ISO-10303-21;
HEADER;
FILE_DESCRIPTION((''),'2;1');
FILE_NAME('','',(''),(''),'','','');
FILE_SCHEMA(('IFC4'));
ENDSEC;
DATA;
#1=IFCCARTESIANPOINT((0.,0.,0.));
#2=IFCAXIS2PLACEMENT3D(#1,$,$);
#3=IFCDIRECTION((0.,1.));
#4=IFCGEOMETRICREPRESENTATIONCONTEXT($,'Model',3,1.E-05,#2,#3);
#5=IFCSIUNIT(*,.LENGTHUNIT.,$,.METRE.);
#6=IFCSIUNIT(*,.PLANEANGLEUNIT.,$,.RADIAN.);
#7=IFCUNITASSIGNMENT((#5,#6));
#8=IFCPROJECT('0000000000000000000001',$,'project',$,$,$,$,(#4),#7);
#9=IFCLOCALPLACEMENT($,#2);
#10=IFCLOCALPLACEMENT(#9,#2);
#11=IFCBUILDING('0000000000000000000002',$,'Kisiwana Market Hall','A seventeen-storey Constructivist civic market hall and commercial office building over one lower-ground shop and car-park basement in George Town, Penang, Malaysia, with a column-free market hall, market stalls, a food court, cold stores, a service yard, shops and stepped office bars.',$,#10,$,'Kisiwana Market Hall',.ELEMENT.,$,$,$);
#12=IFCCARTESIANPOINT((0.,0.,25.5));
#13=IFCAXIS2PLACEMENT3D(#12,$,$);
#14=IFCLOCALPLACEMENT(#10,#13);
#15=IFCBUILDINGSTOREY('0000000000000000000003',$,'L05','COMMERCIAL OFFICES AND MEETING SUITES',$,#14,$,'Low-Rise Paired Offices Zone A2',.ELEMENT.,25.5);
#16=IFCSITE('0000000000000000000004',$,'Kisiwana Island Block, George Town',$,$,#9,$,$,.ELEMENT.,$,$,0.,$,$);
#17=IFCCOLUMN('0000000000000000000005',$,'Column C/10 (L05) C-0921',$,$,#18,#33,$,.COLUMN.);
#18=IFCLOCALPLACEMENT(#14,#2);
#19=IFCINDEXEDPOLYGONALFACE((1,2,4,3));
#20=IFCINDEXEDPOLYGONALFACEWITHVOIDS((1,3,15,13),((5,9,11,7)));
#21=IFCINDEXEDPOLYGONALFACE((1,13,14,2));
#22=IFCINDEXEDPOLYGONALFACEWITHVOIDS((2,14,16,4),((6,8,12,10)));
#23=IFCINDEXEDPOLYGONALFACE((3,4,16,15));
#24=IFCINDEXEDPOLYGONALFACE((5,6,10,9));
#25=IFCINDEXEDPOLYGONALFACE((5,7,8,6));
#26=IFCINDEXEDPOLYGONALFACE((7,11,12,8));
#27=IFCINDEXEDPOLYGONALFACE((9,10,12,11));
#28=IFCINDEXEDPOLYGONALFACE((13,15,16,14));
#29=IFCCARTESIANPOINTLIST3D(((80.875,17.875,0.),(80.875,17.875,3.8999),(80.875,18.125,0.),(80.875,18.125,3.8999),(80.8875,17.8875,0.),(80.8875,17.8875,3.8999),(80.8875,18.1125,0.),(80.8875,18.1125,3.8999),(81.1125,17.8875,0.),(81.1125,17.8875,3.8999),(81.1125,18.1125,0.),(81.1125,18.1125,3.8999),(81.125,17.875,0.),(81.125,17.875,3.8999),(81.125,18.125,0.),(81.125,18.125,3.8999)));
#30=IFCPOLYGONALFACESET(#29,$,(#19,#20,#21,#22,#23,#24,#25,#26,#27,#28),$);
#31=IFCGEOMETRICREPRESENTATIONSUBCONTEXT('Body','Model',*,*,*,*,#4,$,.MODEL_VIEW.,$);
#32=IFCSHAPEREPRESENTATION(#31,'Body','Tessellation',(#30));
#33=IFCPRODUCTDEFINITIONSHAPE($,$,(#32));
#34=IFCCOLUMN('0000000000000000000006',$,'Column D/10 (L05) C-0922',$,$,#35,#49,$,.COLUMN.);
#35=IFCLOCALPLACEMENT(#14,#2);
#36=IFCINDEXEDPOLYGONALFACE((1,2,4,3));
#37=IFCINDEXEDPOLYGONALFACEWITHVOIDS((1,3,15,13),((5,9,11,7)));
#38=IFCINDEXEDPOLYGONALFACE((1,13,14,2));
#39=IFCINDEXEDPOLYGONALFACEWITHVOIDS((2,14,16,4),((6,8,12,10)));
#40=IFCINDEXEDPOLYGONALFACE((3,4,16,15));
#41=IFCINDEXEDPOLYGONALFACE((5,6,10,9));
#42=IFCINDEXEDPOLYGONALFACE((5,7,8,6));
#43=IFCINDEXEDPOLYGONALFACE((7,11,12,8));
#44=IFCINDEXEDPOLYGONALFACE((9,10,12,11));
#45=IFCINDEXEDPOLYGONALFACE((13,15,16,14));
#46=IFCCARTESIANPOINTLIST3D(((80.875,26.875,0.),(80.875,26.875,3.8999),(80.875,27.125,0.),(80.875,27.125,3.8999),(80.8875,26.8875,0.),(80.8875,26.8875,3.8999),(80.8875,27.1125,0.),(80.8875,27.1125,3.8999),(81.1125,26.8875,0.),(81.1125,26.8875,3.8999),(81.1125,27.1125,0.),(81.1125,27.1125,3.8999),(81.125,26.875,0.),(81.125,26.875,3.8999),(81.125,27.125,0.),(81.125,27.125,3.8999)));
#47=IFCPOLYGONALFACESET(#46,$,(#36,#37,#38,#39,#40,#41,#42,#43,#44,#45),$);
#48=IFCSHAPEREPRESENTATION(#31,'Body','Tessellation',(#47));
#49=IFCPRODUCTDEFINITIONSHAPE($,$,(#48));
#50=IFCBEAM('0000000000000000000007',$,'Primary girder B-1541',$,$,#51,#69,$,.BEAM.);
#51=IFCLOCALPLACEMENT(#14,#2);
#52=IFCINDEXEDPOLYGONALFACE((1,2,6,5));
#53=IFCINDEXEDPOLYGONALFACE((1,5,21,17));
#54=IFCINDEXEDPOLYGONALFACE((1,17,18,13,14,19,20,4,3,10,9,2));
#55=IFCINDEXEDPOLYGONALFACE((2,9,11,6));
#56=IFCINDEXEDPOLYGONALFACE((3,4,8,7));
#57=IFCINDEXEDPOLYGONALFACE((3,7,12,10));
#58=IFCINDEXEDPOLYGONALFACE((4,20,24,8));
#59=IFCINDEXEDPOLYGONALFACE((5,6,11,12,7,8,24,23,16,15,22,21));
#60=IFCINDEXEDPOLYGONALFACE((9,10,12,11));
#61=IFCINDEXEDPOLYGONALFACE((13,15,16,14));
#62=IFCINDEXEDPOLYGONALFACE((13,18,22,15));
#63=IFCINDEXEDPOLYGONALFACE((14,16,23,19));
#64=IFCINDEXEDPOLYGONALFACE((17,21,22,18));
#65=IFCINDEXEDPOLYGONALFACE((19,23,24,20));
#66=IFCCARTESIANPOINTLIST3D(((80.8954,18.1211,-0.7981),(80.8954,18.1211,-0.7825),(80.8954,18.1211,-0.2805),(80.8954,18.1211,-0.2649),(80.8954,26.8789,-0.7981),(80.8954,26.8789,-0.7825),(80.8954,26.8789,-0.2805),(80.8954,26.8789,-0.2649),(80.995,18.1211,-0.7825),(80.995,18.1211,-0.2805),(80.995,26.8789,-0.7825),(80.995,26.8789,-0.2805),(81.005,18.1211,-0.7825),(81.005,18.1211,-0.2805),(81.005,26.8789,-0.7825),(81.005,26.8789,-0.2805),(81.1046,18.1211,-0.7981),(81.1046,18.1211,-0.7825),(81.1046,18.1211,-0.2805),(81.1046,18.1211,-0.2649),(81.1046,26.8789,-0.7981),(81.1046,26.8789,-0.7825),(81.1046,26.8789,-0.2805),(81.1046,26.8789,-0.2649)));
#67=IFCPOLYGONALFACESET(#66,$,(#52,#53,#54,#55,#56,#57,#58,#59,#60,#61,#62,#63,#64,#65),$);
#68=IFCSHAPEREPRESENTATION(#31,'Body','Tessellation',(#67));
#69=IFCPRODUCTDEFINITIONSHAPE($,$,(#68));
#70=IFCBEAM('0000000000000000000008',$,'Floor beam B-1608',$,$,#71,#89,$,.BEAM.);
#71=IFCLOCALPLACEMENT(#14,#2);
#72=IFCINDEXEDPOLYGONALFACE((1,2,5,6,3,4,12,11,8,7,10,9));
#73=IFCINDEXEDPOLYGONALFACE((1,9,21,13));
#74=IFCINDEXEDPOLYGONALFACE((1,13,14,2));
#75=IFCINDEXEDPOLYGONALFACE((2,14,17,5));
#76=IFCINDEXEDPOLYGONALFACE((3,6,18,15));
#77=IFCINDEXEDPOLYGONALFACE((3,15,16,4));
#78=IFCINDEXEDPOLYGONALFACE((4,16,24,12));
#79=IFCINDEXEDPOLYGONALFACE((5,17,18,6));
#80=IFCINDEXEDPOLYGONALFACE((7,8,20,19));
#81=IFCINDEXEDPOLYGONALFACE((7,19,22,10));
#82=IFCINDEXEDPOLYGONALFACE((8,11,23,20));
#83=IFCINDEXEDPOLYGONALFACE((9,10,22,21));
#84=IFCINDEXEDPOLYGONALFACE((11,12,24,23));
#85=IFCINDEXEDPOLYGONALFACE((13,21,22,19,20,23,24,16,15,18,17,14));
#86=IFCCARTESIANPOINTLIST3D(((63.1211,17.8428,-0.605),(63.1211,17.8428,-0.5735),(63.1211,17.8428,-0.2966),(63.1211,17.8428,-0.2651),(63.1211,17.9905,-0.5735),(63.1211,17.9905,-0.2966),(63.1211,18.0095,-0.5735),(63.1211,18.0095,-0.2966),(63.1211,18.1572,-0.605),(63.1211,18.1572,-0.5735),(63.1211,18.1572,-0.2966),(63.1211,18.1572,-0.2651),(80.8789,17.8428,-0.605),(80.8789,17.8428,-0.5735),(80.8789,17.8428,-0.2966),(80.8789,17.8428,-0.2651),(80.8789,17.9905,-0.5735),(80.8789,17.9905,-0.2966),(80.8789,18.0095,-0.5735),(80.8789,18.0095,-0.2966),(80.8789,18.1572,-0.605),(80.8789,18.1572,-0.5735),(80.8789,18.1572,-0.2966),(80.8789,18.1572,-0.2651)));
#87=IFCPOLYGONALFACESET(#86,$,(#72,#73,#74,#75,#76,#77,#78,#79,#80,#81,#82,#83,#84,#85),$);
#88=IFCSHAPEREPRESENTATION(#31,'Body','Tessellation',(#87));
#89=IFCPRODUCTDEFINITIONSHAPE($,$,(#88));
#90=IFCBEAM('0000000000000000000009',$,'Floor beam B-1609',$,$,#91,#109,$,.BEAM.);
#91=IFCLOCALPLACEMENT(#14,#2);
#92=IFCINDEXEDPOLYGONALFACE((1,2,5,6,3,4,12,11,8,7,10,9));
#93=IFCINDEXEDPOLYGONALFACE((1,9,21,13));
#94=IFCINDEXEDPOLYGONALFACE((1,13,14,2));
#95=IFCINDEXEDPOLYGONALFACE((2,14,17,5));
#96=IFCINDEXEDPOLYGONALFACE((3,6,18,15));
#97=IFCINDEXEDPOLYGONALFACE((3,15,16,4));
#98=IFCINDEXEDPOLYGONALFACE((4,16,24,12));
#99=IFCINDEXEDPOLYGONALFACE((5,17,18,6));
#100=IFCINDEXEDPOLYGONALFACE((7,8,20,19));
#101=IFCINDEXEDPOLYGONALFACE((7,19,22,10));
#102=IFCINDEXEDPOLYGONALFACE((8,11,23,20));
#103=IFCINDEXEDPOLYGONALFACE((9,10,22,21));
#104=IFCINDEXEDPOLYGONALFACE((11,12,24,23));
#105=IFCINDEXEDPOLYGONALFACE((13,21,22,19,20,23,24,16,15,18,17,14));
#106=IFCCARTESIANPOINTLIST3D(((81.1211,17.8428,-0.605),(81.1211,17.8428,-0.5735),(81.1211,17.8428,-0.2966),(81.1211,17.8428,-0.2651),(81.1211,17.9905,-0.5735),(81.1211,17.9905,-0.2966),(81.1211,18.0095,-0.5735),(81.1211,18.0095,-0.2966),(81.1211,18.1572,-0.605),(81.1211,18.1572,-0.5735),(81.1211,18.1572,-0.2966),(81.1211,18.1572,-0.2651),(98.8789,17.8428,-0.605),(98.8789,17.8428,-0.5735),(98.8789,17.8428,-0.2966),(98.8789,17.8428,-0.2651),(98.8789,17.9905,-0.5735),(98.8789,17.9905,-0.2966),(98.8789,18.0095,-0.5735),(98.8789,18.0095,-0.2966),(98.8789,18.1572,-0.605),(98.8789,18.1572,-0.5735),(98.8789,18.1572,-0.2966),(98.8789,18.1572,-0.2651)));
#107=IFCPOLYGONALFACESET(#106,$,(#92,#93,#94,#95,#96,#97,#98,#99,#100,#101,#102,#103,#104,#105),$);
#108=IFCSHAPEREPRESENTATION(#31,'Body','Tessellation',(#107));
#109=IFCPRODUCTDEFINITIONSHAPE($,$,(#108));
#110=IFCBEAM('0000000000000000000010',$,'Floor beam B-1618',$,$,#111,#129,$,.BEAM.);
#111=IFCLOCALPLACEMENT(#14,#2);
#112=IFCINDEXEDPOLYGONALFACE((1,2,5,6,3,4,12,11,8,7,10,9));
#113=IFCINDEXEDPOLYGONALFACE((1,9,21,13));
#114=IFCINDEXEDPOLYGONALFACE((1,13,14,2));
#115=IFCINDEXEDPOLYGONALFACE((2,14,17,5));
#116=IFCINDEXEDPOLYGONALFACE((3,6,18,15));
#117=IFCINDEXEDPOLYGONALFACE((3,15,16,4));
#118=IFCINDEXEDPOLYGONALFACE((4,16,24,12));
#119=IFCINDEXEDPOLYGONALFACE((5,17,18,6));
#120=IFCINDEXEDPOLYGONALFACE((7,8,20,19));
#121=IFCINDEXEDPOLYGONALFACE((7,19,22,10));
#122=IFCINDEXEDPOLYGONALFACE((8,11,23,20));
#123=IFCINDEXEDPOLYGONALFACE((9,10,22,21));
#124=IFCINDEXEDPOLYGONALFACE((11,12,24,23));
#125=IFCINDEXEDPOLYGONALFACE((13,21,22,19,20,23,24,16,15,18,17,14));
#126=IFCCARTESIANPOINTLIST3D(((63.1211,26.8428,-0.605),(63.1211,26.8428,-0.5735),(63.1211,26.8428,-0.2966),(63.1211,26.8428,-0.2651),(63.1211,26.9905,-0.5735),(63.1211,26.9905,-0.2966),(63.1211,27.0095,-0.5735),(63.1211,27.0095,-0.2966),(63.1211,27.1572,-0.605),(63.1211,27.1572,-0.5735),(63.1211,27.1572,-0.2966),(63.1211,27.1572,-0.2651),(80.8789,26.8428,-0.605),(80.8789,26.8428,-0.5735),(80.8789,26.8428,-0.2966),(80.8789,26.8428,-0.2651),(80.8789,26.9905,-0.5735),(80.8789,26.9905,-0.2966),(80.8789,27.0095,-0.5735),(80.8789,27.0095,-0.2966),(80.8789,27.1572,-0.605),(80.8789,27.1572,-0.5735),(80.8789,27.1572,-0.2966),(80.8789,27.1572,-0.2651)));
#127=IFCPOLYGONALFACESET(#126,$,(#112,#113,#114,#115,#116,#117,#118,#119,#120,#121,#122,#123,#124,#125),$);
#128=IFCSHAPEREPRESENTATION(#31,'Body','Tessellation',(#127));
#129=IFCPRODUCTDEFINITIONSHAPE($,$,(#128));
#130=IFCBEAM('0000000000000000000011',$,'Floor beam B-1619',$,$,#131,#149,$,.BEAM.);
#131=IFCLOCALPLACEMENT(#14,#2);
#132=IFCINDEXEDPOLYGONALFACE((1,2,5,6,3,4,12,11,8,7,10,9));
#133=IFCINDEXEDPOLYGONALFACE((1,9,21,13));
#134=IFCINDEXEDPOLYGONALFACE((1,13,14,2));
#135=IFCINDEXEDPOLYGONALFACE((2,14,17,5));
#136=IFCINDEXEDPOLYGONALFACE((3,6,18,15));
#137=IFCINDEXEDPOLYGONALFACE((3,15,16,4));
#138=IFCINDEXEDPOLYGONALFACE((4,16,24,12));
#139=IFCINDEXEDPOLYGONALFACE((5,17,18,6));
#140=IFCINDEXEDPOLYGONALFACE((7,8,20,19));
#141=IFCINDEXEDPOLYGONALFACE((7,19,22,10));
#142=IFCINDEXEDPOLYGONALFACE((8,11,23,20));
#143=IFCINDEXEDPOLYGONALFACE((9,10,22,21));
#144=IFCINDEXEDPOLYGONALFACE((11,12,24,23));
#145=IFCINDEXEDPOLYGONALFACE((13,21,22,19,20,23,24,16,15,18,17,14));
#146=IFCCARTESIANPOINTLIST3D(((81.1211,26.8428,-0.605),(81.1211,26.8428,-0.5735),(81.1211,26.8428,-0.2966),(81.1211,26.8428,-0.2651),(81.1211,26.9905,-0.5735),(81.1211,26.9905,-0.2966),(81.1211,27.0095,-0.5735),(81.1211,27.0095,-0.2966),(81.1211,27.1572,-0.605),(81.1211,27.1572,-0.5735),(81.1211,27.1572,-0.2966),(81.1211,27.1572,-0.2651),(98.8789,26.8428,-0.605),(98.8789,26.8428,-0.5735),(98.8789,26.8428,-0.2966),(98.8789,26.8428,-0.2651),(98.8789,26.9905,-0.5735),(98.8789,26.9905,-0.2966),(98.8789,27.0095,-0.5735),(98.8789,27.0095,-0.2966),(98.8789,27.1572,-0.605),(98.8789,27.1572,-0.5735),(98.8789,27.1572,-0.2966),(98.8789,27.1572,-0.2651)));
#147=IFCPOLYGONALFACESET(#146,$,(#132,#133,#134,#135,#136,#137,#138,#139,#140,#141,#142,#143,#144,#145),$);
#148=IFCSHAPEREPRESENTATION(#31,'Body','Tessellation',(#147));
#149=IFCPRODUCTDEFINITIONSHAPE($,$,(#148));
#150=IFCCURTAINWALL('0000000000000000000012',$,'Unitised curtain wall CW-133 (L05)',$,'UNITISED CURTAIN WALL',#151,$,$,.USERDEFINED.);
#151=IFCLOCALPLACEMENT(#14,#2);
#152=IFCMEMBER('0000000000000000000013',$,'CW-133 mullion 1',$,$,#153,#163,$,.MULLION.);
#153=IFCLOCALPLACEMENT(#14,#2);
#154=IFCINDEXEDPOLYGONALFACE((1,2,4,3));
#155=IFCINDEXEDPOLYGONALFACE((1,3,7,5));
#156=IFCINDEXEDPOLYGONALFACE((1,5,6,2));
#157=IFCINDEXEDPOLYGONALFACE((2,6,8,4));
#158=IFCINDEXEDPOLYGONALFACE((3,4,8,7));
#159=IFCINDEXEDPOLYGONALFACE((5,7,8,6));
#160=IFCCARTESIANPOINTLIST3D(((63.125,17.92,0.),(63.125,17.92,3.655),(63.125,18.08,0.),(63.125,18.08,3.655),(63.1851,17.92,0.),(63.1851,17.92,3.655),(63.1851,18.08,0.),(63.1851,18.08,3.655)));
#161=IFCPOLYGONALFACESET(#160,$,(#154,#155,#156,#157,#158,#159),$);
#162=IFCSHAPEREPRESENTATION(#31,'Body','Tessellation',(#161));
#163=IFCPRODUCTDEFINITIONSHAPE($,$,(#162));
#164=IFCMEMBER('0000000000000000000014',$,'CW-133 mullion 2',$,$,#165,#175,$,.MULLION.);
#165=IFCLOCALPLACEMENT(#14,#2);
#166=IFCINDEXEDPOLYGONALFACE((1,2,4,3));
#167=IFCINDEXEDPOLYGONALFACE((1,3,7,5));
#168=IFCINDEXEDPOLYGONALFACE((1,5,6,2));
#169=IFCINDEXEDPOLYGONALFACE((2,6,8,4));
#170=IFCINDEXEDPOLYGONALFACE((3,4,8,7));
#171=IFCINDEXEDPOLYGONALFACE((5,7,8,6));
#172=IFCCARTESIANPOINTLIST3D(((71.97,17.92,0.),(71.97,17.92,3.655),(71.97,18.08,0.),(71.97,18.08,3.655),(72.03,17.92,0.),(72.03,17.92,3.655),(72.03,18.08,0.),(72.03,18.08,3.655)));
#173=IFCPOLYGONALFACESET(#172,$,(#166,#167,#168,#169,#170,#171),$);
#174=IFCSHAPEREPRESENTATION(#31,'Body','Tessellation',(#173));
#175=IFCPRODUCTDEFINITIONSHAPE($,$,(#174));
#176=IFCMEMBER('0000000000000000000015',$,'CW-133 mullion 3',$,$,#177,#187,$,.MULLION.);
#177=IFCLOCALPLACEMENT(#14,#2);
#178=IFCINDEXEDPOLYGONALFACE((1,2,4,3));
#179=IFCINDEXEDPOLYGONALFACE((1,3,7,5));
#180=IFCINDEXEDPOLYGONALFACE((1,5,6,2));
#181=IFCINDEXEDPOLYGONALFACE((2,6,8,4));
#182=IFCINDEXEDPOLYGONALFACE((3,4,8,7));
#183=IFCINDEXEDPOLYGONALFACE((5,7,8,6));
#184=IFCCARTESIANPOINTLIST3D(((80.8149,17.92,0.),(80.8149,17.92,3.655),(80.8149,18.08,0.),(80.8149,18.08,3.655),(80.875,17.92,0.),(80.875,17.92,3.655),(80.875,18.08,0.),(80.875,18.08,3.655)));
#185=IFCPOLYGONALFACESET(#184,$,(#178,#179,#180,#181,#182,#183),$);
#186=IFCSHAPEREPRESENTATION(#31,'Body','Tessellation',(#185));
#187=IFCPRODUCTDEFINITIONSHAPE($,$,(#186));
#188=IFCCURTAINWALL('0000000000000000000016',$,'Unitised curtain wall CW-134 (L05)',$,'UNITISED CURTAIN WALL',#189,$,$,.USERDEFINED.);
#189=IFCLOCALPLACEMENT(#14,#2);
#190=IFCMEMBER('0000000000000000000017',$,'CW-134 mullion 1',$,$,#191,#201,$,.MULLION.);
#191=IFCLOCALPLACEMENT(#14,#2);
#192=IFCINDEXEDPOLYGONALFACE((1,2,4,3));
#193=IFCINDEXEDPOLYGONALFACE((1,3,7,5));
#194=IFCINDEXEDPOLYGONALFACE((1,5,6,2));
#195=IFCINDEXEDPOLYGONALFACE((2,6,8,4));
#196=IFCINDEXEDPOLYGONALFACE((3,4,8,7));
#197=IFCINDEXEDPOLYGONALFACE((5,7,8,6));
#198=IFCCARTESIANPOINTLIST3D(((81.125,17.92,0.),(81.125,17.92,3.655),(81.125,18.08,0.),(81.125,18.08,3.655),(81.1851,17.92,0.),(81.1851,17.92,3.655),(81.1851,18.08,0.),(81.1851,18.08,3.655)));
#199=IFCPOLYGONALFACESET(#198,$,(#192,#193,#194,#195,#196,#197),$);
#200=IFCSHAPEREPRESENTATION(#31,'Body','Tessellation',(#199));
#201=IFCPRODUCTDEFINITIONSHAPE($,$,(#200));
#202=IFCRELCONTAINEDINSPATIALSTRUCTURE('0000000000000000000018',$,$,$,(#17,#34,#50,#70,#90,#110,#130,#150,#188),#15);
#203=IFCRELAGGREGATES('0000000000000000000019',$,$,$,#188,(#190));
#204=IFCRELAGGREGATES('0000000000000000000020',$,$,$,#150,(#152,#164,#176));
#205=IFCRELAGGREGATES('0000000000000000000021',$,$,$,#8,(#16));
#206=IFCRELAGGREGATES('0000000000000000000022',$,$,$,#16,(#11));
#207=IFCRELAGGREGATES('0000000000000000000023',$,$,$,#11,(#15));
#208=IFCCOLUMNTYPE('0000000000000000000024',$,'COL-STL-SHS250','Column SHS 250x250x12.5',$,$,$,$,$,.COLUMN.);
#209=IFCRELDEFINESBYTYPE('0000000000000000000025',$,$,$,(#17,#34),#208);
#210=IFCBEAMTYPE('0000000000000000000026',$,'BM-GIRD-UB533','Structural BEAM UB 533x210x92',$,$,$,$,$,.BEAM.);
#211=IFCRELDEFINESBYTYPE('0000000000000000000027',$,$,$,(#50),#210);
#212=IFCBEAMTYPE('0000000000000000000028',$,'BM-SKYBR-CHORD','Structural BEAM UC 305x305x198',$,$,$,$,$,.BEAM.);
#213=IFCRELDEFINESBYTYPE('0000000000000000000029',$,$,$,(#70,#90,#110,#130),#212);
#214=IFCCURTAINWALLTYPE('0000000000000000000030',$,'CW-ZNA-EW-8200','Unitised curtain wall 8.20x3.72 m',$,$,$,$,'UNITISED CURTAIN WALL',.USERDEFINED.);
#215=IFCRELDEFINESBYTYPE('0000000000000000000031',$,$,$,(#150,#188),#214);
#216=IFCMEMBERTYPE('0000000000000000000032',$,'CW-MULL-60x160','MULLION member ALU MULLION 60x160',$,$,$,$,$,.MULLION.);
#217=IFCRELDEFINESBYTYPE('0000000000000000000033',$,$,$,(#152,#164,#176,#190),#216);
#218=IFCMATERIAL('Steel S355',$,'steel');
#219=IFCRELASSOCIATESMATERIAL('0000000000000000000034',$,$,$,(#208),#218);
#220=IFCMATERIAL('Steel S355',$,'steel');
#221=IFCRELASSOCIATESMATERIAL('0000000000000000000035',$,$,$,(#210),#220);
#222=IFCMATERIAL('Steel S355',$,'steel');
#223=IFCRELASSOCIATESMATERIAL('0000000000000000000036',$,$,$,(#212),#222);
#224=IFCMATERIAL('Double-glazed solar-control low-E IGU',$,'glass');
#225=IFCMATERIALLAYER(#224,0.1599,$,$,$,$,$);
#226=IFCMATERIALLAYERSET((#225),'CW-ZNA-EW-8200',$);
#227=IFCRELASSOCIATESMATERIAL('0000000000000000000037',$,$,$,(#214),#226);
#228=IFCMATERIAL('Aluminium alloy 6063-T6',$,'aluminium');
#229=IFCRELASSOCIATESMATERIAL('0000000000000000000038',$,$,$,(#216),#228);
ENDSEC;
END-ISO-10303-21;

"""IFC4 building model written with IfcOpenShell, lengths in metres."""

from ifc_helpers import new_model, si_unit, direction, frame, origin, origin_2d, place, context, subcontext, project, spatial, rectangle, hollow_rectangle, i_section, extrude, material, layer, layer_set, material_profile, profile_set, type_object, element, aggregate, save


model = new_model("IFC4")

# Units and contexts
model_context = context("Model", 3, precision=1e-05, world=origin(), true_north=direction((0.0, 1.0)))
body_context = subcontext(model_context, "Body", "Model", "MODEL_VIEW")
ifc_project = project(units=[si_unit("LENGTHUNIT", "METRE"), si_unit("PLANEANGLEUNIT", "RADIAN")], contexts=[model_context])

# Site, building, storey
site_placement = place(None, origin())
site = spatial("IfcSite", under=ifc_project, at=site_placement, Name="Kisiwana Island Block, George Town", CompositionType="ELEMENT", RefElevation=0.0)
building_placement = place(site_placement, origin())
building = spatial("IfcBuilding", under=site, at=building_placement, Name="Kisiwana Market Hall", Description="A seventeen-storey Constructivist civic market hall and commercial office building over one lower-ground shop and car-park basement in George Town, Penang, Malaysia, with a column-free market hall, market stalls, a food court, cold stores, a service yard, shops and stepped office bars.", LongName="Kisiwana Market Hall", CompositionType="ELEMENT")
storey_placement = place(building_placement, frame((0.0, 0.0, 25.5)))
storey = spatial("IfcBuildingStorey", under=building, at=storey_placement, Name="L05", Description="COMMERCIAL OFFICES AND MEETING SUITES", LongName="Low-Rise Paired Offices Zone A2", CompositionType="ELEMENT", Elevation=25.5)

# Columns
ifc_material_1 = material(Name="Steel S355", Category="steel")
ifc_material_profile_1 = material_profile(ifc_material_1, hollow_rectangle(XDim=0.25, YDim=0.25, WallThickness=0.0125, at=origin_2d()), Name="SHS 250x250x12.5")
ifc_profile_set_1 = profile_set([ifc_material_profile_1], Name="Steel S355")
column_type = type_object("IfcColumnType", Name="COL-STL-SHS250", Description="Column SHS 250x250x12.5", PredefinedType="COLUMN", material=ifc_profile_set_1)
for number, where, z_axis, x_axis, name in (
    (1, (81.0, 18.0, 0.0), (0.0, 0.0, 1.0), (1.0, 0.0, 0.0), "Column C/10 (L05) C-0921"),
    (2, (81.0, 27.0, 0.0), (0.0, 0.0, 1.0), (1.0, 0.0, 0.0), "Column D/10 (L05) C-0922"),
):
    element("IfcColumn", number, at=place(storey_placement, frame(where, z_axis=z_axis, x_axis=x_axis)), inside=storey, type_object=column_type, Name=name, PredefinedType="COLUMN", context=body_context, shape_type="SweptSolid", body=[
        extrude(hollow_rectangle(XDim=0.25, YDim=0.25, WallThickness=0.0125, at=origin_2d()), origin(), (0.0, 0.0, 1.0), 3.8999),
    ])

# Beams
ifc_material_2 = material(Name="Steel S355", Category="steel")
ifc_material_profile_2 = material_profile(ifc_material_2, i_section(OverallWidth=0.2092, OverallDepth=0.5332, WebThickness=0.01, FlangeThickness=0.0156, at=origin_2d()), Name="UB 533x210x92")
ifc_profile_set_2 = profile_set([ifc_material_profile_2], Name="Steel S355")
beam_type_1 = type_object("IfcBeamType", Name="BM-GIRD-UB533", Description="Structural BEAM UB 533x210x92", PredefinedType="BEAM", material=ifc_profile_set_2)
beam_placement = place(storey_placement, frame((81.0, 18.1211, -0.5315), z_axis=(0.0, 1.0, 0.0), x_axis=(-1.0, 0.0, 0.0)))
element("IfcBeam", 3, at=beam_placement, inside=storey, type_object=beam_type_1, Name="Primary girder B-1541", PredefinedType="BEAM", context=body_context, shape_type="SweptSolid", body=[
    extrude(i_section(OverallWidth=0.2092, OverallDepth=0.5332, WebThickness=0.01, FlangeThickness=0.0156, at=origin_2d()), origin(), (0.0, 0.0, 1.0), 8.7578),
])
ifc_material_3 = material(Name="Steel S355", Category="steel")
ifc_material_profile_3 = material_profile(ifc_material_3, i_section(OverallWidth=0.3145, OverallDepth=0.3398, WebThickness=0.019, FlangeThickness=0.0315, at=origin_2d()), Name="UC 305x305x198")
ifc_profile_set_3 = profile_set([ifc_material_profile_3], Name="Steel S355")
beam_type_2 = type_object("IfcBeamType", Name="BM-SKYBR-CHORD", Description="Structural BEAM UC 305x305x198", PredefinedType="BEAM", material=ifc_profile_set_3)
for number, where, z_axis, x_axis, name in (
    (4, (63.1211, 18.0, -0.4351), (1.0, 0.0, 0.0), (0.0, 1.0, 0.0), "Floor beam B-1608"),
    (5, (81.1211, 18.0, -0.4351), (1.0, 0.0, 0.0), (0.0, 1.0, 0.0), "Floor beam B-1609"),
    (6, (63.1211, 27.0, -0.4351), (1.0, 0.0, 0.0), (0.0, 1.0, 0.0), "Floor beam B-1618"),
    (7, (81.1211, 27.0, -0.4351), (1.0, 0.0, 0.0), (0.0, 1.0, 0.0), "Floor beam B-1619"),
):
    element("IfcBeam", number, at=place(storey_placement, frame(where, z_axis=z_axis, x_axis=x_axis)), inside=storey, type_object=beam_type_2, Name=name, PredefinedType="BEAM", context=body_context, shape_type="SweptSolid", body=[
        extrude(i_section(OverallWidth=0.3145, OverallDepth=0.3398, WebThickness=0.019, FlangeThickness=0.0315, at=origin_2d()), origin(), (0.0, 0.0, 1.0), 17.7578),
    ])

# Curtain wall, members
ifc_material_4 = material(Name="Double-glazed solar-control low-E IGU", Category="glass")
ifc_layer_1 = layer(ifc_material_4, 0.1599)
ifc_layer_set_1 = layer_set([ifc_layer_1], Name="CW-ZNA-EW-8200")
curtain_wall_type = type_object("IfcCurtainWallType", Name="CW-ZNA-EW-8200", Description="Unitised curtain wall 8.20x3.72 m", ElementType="UNITISED CURTAIN WALL", PredefinedType="USERDEFINED", material=ifc_layer_set_1)
curtain_wall_1_placement = place(storey_placement, origin())
curtain_wall_1 = element("IfcCurtainWall", 8, at=curtain_wall_1_placement, inside=storey, type_object=curtain_wall_type, Name="Unitised curtain wall CW-133 (L05)", ObjectType="UNITISED CURTAIN WALL", PredefinedType="USERDEFINED")
ifc_material_5 = material(Name="Aluminium alloy 6063-T6", Category="aluminium")
ifc_material_profile_4 = material_profile(ifc_material_5, rectangle(XDim=0.0601, YDim=0.1599, at=origin_2d()), Name="ALU MULLION 60x160")
ifc_profile_set_4 = profile_set([ifc_material_profile_4], Name="Aluminium alloy 6063-T6")
member_type_1 = type_object("IfcMemberType", Name="CW-MULL-60x160", Description="MULLION member ALU MULLION 60x160", PredefinedType="MULLION", material=ifc_profile_set_4)
member_1_placement = place(storey_placement, frame((63.155, 18.0, 0.0), z_axis=(0.0, 0.0, 1.0), x_axis=(1.0, 0.0, 0.0)))
member_1 = element("IfcMember", 9, at=member_1_placement, type_object=member_type_1, Name="CW-133 mullion 1", PredefinedType="MULLION", context=body_context, shape_type="SweptSolid", body=[
    extrude(rectangle(XDim=0.0601, YDim=0.1599, at=origin_2d()), origin(), (0.0, 0.0, 1.0), 3.655),
])
member_2_placement = place(storey_placement, frame((72.0, 18.0, 0.0), z_axis=(0.0, 0.0, 1.0), x_axis=(1.0, 0.0, 0.0)))
member_2 = element("IfcMember", 10, at=member_2_placement, type_object=member_type_1, Name="CW-133 mullion 2", PredefinedType="MULLION", context=body_context, shape_type="SweptSolid", body=[
    extrude(rectangle(XDim=0.0601, YDim=0.1599, at=origin_2d()), origin(), (0.0, 0.0, 1.0), 3.655),
])
member_3_placement = place(storey_placement, frame((80.845, 18.0, 0.0), z_axis=(0.0, 0.0, 1.0), x_axis=(1.0, 0.0, 0.0)))
member_3 = element("IfcMember", 11, at=member_3_placement, type_object=member_type_1, Name="CW-133 mullion 3", PredefinedType="MULLION", context=body_context, shape_type="SweptSolid", body=[
    extrude(rectangle(XDim=0.0601, YDim=0.1599, at=origin_2d()), origin(), (0.0, 0.0, 1.0), 3.655),
])

# Curtain wall, member
curtain_wall_2_placement = place(storey_placement, origin())
curtain_wall_2 = element("IfcCurtainWall", 12, at=curtain_wall_2_placement, inside=storey, type_object=curtain_wall_type, Name="Unitised curtain wall CW-134 (L05)", ObjectType="UNITISED CURTAIN WALL", PredefinedType="USERDEFINED")
member_4_placement = place(storey_placement, frame((81.155, 18.0, 0.0), z_axis=(0.0, 0.0, 1.0), x_axis=(1.0, 0.0, 0.0)))
member_4 = element("IfcMember", 13, at=member_4_placement, type_object=member_type_1, Name="CW-134 mullion 1", PredefinedType="MULLION", context=body_context, shape_type="SweptSolid", body=[
    extrude(rectangle(XDim=0.0601, YDim=0.1599, at=origin_2d()), origin(), (0.0, 0.0, 1.0), 3.655),
])

aggregate(curtain_wall_2, [member_4])

aggregate(curtain_wall_1, [member_1, member_2, member_3])

save(model, "model.ifc")
